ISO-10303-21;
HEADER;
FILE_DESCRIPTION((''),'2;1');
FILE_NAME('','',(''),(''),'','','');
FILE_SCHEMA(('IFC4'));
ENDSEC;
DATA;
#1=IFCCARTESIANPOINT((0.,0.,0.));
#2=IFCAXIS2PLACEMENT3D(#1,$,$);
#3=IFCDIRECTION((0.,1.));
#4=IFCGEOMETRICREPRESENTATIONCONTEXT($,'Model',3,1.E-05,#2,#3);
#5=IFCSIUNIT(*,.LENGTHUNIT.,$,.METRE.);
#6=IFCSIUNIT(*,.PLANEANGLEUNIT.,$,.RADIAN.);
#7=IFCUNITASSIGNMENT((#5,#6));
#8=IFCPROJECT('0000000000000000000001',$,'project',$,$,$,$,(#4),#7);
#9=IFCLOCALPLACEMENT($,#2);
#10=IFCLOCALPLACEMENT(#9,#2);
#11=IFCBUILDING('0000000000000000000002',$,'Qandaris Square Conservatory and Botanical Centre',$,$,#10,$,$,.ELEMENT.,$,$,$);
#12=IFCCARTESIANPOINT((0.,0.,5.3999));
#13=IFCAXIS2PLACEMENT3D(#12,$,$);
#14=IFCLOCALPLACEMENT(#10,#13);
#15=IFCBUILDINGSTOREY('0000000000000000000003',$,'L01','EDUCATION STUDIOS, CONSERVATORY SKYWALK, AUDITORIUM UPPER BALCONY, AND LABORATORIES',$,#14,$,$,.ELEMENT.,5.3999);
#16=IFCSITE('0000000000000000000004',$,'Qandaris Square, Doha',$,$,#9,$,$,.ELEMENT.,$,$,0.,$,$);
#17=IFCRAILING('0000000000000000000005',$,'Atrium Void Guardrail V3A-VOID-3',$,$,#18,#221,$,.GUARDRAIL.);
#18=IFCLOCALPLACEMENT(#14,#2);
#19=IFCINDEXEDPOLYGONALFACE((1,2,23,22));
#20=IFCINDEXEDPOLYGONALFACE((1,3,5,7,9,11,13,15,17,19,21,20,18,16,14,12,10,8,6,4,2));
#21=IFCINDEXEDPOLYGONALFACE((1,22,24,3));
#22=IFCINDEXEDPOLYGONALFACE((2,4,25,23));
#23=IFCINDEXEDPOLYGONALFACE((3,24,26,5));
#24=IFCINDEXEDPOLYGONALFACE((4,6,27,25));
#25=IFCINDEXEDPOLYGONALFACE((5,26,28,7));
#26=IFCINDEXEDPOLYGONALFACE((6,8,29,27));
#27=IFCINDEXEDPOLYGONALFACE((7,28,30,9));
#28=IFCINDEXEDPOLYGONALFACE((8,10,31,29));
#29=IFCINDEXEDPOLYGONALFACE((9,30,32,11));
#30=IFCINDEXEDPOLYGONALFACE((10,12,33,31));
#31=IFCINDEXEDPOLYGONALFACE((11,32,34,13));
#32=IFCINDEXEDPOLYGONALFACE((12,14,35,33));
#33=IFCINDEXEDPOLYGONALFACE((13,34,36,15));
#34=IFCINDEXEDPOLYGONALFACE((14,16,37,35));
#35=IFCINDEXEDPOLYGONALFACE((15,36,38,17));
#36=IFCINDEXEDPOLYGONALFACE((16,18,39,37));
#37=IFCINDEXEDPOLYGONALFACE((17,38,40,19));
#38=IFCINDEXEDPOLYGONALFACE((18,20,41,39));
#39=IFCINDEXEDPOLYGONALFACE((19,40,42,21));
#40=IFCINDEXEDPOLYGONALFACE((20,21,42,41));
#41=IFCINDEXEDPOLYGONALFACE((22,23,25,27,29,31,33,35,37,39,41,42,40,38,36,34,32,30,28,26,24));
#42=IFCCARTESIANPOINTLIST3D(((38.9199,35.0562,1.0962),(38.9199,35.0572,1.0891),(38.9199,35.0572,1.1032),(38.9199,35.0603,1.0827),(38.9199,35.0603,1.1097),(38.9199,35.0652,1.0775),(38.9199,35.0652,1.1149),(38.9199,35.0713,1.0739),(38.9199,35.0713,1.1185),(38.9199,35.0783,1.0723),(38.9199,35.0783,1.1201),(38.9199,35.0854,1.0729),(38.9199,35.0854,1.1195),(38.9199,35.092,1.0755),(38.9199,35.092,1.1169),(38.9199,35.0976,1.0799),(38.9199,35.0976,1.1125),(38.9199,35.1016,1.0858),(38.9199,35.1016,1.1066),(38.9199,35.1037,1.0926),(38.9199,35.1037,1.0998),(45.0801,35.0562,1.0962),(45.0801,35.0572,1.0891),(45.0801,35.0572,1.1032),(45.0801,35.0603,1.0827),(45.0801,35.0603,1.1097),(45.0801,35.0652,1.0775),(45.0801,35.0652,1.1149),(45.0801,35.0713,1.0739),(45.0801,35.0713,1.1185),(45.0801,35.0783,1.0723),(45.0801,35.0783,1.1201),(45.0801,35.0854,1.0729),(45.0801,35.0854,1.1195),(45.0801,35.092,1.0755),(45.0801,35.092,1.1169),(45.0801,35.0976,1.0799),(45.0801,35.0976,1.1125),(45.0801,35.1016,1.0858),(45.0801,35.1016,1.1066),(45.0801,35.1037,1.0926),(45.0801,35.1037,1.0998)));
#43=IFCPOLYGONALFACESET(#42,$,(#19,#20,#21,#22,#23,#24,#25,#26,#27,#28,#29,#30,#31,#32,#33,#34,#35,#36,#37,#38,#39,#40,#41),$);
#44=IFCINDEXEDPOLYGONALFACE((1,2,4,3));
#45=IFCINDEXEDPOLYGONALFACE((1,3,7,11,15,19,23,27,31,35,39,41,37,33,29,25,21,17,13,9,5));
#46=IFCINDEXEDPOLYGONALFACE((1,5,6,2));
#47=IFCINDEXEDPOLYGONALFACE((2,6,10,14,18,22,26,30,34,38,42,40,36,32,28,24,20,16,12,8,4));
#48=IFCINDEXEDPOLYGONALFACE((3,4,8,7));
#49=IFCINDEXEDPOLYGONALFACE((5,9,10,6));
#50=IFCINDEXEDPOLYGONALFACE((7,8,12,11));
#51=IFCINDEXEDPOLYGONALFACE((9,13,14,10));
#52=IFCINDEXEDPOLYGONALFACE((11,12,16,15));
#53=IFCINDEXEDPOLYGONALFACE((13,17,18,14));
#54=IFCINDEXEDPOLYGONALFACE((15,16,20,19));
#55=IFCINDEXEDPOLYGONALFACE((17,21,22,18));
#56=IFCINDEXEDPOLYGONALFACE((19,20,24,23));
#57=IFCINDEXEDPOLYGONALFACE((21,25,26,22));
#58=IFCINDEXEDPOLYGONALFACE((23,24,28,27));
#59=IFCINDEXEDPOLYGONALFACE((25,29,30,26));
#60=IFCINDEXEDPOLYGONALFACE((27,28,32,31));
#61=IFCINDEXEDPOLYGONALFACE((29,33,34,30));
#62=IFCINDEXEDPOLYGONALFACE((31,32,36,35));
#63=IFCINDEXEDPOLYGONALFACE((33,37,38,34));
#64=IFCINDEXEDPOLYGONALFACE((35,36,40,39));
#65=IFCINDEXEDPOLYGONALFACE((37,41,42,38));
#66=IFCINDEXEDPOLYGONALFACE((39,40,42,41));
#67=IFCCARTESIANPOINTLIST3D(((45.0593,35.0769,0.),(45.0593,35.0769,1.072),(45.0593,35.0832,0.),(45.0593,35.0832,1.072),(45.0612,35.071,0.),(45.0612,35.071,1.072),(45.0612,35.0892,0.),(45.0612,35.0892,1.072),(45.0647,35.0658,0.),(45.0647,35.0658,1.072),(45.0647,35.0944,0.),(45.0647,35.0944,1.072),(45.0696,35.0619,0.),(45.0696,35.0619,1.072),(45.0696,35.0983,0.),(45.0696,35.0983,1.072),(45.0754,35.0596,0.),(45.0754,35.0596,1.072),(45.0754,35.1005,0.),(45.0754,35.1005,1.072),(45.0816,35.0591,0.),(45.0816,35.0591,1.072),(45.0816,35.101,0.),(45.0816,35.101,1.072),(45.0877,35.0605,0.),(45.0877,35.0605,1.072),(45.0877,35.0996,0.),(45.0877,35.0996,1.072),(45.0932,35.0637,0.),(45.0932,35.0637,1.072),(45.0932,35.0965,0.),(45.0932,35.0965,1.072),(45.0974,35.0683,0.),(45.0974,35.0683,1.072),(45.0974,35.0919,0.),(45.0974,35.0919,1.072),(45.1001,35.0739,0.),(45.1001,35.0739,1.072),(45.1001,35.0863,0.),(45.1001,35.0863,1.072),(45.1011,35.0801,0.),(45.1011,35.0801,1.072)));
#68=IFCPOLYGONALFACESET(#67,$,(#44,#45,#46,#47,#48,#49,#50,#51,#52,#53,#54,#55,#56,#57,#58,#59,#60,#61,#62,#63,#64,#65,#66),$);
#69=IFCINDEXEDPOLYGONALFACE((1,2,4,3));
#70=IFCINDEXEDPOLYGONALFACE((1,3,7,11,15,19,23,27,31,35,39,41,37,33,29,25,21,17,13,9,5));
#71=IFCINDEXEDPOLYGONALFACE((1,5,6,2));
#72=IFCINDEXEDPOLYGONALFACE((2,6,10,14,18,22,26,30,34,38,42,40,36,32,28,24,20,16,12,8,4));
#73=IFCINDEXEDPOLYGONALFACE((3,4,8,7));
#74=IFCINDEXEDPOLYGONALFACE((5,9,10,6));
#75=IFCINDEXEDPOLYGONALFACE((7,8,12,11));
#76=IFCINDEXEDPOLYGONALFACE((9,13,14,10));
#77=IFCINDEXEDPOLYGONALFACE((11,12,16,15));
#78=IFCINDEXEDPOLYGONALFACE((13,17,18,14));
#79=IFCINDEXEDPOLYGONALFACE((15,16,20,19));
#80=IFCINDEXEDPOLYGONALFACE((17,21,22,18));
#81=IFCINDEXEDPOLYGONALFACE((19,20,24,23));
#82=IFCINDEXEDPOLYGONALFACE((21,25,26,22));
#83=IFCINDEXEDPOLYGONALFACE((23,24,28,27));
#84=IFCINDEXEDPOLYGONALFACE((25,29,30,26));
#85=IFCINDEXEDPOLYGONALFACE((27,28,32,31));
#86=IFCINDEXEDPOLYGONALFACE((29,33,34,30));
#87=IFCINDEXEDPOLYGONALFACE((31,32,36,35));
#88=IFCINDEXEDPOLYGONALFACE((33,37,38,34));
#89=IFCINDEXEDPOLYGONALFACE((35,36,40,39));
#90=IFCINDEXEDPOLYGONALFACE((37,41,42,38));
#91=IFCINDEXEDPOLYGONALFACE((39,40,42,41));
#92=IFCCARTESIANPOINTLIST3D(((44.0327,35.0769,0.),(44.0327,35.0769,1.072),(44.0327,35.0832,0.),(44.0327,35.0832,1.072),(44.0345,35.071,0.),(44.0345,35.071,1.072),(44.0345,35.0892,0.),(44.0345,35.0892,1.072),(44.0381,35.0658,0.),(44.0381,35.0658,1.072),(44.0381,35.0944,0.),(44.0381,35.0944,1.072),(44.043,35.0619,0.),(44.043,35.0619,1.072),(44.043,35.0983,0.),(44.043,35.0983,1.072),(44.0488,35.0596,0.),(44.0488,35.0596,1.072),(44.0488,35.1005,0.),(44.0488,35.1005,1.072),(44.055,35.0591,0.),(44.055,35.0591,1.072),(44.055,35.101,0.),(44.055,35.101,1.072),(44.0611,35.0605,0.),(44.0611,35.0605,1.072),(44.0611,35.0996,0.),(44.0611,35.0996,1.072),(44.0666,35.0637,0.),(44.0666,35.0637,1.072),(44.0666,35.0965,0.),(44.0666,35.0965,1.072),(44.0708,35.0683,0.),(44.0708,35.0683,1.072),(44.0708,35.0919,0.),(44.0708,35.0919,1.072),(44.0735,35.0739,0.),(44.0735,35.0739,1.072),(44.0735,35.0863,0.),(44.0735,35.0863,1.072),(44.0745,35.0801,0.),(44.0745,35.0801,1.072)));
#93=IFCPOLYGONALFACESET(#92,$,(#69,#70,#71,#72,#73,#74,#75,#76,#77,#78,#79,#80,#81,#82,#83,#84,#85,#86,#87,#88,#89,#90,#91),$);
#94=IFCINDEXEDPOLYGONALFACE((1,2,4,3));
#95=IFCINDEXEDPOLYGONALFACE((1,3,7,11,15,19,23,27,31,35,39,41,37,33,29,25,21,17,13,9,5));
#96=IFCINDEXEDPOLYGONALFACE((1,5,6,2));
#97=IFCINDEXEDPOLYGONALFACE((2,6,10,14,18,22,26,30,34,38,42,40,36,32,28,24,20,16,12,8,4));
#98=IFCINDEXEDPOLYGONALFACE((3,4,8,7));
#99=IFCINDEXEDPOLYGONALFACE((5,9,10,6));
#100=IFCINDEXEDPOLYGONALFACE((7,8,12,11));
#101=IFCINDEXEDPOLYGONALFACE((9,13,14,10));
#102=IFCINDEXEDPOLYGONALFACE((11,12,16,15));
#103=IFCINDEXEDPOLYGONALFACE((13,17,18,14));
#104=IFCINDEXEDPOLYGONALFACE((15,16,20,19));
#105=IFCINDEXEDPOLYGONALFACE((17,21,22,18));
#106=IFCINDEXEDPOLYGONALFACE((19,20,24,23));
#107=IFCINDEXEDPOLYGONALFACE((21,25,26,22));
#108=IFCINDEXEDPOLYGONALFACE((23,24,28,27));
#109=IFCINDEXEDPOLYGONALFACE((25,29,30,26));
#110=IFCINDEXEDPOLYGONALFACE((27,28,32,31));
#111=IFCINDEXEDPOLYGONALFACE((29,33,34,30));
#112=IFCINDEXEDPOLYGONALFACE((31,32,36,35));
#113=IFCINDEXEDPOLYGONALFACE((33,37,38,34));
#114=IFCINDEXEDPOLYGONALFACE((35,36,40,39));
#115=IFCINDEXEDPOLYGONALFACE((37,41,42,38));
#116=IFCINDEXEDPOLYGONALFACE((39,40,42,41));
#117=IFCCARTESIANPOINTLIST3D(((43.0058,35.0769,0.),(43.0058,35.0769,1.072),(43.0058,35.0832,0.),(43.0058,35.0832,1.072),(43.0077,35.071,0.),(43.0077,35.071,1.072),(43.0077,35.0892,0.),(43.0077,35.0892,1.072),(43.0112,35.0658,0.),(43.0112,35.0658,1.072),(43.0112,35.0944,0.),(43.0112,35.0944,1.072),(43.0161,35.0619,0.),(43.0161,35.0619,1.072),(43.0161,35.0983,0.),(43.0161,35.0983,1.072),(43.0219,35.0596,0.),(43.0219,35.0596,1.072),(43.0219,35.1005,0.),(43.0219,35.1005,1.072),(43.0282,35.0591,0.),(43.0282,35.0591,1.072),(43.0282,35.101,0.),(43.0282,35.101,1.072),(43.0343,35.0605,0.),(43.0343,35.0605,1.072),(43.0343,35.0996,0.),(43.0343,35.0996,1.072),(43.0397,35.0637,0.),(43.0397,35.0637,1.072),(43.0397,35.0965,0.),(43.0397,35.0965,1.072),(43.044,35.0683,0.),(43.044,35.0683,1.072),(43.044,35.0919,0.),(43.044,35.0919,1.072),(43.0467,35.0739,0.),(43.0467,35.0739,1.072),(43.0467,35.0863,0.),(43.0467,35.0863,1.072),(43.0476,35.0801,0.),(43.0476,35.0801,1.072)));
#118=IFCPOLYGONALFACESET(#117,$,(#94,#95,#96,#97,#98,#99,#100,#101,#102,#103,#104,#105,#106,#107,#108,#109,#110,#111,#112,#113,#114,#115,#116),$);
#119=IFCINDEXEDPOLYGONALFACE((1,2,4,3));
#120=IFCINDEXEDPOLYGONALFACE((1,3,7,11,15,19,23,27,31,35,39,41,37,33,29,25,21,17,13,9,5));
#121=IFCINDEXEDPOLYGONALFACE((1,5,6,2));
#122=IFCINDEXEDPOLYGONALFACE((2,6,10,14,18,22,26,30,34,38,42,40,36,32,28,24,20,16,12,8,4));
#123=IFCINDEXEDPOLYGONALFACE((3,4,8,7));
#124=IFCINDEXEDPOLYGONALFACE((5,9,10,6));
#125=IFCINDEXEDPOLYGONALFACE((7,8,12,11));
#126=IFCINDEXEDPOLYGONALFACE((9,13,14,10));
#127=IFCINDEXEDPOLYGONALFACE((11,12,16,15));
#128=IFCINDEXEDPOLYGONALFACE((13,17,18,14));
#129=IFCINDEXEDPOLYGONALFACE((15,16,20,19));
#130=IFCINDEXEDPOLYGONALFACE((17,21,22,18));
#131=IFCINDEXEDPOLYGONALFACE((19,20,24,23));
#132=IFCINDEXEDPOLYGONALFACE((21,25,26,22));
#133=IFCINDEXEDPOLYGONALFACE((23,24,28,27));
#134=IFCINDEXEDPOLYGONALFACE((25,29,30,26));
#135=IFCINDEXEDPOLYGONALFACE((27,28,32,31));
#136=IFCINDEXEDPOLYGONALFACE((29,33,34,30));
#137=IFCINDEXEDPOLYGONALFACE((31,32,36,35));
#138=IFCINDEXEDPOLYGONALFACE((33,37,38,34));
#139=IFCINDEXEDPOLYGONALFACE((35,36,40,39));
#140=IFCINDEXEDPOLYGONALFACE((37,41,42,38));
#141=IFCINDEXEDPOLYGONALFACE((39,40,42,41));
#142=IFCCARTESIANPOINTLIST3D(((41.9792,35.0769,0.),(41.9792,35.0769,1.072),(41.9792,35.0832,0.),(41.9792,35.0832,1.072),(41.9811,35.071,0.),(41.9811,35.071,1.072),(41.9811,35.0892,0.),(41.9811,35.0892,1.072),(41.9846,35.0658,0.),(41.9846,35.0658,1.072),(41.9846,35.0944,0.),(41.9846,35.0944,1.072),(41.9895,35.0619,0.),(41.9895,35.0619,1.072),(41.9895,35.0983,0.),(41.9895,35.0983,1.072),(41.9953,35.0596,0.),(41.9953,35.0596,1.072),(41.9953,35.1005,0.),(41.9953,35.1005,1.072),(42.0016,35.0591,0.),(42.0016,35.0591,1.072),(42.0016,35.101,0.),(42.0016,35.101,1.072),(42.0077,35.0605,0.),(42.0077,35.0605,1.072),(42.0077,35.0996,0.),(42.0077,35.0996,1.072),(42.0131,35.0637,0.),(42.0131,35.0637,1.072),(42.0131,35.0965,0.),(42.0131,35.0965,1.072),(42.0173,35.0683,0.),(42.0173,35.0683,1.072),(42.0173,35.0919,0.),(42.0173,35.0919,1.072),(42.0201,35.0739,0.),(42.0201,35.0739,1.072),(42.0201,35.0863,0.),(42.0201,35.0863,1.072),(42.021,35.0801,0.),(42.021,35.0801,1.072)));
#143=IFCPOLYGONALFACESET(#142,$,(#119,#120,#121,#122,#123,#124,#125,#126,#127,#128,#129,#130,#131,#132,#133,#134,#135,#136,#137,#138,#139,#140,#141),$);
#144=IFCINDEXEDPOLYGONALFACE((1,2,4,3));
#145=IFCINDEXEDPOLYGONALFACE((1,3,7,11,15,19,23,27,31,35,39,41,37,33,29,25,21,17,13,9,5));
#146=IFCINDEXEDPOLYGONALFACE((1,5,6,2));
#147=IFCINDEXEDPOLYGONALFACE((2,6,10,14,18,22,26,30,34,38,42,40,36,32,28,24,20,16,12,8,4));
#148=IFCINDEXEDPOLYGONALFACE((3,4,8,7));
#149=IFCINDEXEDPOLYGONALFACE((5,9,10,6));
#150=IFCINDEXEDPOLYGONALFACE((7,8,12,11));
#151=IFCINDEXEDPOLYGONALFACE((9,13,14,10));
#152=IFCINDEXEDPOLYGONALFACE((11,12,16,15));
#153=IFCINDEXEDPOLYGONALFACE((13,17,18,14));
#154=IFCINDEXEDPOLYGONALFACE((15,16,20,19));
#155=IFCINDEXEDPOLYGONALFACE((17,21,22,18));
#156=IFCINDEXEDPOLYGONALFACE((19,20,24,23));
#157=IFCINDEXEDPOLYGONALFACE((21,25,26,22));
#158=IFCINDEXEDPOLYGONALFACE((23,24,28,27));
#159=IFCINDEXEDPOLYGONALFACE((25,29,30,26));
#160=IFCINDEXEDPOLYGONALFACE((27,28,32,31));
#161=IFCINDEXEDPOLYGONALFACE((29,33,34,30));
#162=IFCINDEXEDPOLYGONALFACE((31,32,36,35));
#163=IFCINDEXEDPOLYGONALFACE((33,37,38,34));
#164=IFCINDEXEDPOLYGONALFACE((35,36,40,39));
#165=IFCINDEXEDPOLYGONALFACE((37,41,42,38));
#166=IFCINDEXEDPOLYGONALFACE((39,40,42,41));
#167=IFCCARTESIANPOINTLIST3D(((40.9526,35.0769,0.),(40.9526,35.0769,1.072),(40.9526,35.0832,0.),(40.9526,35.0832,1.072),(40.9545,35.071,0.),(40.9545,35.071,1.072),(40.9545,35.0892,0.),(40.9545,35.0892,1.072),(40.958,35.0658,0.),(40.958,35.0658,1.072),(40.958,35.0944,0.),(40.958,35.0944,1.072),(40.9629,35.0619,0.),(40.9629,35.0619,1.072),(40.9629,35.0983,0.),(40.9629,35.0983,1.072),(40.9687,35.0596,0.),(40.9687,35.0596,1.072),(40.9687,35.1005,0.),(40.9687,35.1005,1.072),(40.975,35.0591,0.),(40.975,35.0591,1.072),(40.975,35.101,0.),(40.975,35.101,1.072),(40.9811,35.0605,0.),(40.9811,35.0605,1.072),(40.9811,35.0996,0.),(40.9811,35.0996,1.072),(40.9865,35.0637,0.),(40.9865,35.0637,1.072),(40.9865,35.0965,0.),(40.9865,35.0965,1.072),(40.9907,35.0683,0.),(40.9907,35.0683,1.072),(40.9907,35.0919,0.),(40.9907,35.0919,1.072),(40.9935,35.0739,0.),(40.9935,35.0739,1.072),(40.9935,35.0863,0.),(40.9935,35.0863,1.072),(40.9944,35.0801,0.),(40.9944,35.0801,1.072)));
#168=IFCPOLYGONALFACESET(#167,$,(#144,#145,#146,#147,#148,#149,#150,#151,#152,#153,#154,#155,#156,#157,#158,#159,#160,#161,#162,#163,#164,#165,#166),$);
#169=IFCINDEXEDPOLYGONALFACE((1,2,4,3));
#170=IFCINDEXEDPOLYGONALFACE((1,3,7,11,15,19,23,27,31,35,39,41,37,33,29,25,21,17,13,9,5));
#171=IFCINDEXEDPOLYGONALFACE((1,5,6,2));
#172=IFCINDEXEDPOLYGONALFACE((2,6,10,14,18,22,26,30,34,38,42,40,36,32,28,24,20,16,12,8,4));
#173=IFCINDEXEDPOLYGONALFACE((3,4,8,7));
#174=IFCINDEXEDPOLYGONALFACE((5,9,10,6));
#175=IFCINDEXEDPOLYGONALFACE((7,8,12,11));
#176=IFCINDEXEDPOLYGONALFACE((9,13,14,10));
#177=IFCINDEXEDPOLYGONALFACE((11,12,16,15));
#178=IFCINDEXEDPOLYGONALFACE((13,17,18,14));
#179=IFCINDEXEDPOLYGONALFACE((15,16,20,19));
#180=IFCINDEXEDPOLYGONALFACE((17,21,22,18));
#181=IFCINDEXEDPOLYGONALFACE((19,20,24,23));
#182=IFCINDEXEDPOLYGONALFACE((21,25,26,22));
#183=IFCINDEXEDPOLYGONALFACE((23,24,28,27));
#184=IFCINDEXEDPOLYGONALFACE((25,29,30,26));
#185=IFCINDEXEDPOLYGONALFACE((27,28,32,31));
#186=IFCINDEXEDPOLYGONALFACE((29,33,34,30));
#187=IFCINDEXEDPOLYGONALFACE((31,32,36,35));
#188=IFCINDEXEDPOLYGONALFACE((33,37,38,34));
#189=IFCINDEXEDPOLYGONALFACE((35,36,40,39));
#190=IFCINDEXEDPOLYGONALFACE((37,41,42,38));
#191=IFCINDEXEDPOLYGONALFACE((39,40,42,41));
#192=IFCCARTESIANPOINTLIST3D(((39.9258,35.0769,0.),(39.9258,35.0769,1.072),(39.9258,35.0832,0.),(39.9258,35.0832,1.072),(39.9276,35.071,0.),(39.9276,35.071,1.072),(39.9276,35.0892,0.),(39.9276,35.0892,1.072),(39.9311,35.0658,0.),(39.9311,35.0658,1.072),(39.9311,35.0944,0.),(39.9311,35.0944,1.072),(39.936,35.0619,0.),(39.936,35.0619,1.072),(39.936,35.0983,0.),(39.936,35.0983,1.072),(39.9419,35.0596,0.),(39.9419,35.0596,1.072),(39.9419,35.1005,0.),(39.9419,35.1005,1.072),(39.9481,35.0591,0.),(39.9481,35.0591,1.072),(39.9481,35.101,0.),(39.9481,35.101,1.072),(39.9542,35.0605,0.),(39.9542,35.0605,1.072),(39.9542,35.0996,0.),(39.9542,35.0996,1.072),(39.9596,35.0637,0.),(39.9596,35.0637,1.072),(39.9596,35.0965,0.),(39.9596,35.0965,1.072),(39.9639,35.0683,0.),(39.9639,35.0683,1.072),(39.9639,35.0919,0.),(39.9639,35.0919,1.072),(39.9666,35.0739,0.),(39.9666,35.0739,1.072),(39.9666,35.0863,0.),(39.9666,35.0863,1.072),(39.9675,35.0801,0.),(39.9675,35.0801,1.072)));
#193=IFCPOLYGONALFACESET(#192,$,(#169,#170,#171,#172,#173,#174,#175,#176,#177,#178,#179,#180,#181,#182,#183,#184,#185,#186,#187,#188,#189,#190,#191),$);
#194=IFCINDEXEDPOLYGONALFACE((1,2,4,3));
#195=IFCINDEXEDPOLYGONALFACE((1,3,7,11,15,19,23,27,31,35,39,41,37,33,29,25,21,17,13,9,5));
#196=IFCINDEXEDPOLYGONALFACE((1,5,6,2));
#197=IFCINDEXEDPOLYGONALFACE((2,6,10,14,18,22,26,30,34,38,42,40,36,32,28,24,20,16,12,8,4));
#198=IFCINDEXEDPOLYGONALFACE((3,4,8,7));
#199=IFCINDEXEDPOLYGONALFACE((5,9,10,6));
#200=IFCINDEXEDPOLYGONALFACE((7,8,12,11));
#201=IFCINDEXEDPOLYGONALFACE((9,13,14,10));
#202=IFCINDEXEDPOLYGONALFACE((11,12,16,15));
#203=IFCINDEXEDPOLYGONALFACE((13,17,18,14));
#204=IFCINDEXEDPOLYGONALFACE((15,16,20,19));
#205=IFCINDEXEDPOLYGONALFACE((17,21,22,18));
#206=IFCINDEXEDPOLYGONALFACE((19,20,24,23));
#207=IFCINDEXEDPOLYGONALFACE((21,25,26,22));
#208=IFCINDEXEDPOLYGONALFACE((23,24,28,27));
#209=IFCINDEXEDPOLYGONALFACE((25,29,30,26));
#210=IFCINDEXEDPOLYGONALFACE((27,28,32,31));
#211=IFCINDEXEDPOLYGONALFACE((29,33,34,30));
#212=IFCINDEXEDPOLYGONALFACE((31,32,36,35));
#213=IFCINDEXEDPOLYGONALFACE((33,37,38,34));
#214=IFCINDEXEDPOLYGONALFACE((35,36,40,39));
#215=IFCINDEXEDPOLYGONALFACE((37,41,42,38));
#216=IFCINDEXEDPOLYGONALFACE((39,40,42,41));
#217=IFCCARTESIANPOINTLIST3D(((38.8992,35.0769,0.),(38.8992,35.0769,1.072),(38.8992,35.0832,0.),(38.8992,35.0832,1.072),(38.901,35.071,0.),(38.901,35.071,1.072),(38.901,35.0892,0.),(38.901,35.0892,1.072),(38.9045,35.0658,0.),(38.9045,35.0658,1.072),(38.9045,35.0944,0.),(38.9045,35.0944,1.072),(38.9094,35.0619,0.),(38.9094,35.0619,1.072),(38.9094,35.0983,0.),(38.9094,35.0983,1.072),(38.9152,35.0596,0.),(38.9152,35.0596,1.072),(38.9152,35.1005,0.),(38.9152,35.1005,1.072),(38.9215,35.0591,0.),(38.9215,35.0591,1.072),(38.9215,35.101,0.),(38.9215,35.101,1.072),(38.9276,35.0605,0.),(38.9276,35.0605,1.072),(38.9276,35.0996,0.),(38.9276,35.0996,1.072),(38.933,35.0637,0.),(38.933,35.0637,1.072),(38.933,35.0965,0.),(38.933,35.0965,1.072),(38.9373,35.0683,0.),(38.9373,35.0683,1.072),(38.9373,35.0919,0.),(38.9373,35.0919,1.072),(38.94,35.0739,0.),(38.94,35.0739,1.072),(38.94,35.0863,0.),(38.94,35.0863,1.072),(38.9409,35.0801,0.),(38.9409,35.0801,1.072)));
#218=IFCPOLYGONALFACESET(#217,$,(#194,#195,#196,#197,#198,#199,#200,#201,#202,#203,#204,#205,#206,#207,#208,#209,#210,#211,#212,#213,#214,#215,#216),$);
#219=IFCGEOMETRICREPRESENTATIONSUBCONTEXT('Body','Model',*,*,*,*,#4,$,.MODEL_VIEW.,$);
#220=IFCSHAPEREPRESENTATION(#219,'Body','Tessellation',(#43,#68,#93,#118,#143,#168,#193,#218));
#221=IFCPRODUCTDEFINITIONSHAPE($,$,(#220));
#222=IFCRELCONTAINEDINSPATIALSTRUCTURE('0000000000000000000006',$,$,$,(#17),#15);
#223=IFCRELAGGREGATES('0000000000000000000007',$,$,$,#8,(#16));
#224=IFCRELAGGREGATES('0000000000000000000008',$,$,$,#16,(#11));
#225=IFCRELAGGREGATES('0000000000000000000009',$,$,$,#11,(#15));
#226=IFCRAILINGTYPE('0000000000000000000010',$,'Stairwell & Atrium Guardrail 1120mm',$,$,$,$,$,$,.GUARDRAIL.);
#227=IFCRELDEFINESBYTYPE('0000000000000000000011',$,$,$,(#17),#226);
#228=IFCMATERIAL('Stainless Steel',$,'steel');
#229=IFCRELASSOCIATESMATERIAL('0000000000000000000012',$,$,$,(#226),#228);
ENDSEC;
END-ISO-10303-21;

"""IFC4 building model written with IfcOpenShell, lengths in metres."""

from ifc_helpers import new_model, si_unit, direction, frame, origin, origin_2d, place, context, subcontext, project, spatial, circle, extrude, material, type_object, element, save


model = new_model("IFC4")

# Units and contexts
model_context = context("Model", 3, precision=1e-05, world=origin(), true_north=direction((0.0, 1.0)))
body_context = subcontext(model_context, "Body", "Model", "MODEL_VIEW")
ifc_project = project(units=[si_unit("LENGTHUNIT", "METRE"), si_unit("PLANEANGLEUNIT", "RADIAN")], contexts=[model_context])

# Site, building, storey
site_placement = place(None, origin())
site = spatial("IfcSite", under=ifc_project, at=site_placement, Name="Qandaris Square, Doha", CompositionType="ELEMENT", RefElevation=0.0)
building_placement = place(site_placement, origin())
building = spatial("IfcBuilding", under=site, at=building_placement, Name="Qandaris Square Conservatory and Botanical Centre", CompositionType="ELEMENT")
storey_placement = place(building_placement, frame((0.0, 0.0, 5.3999)))
storey = spatial("IfcBuildingStorey", under=building, at=storey_placement, Name="L01", Description="EDUCATION STUDIOS, CONSERVATORY SKYWALK, AUDITORIUM UPPER BALCONY, AND LABORATORIES", CompositionType="ELEMENT", Elevation=5.3999)

# Railing
ifc_material_1 = material(Name="Stainless Steel", Category="steel")
railing_type = type_object("IfcRailingType", Name="Stairwell & Atrium Guardrail 1120mm", PredefinedType="GUARDRAIL", material=ifc_material_1)
railing_1_placement = place(storey_placement, frame((45.0801, 35.0801, 0.0)))
element("IfcRailing", 1, at=railing_1_placement, inside=storey, type_object=railing_type, Name="Atrium Void Guardrail V3A-VOID-3", PredefinedType="GUARDRAIL", context=body_context, shape_type="SweptSolid", body=[
    extrude(circle(Radius=0.0239, at=origin_2d()), frame((0.0, 0.0, 1.0962), z_axis=(-1.0, 0.0, 0.0), x_axis=(0.0, -1.0, 0.0)), (0.0, 0.0, 1.0), 6.1602),
    extrude(circle(Radius=0.021, at=origin_2d()), origin(), (0.0, 0.0, 1.0), 1.072),
    extrude(circle(Radius=0.021, at=origin_2d()), frame((-1.0266, 0.0, 0.0)), (0.0, 0.0, 1.0), 1.072),
    extrude(circle(Radius=0.021, at=origin_2d()), frame((-2.0535, 0.0, 0.0)), (0.0, 0.0, 1.0), 1.072),
    extrude(circle(Radius=0.021, at=origin_2d()), frame((-3.0801, 0.0, 0.0)), (0.0, 0.0, 1.0), 1.072),
    extrude(circle(Radius=0.021, at=origin_2d()), frame((-4.1067, 0.0, 0.0)), (0.0, 0.0, 1.0), 1.072),
    extrude(circle(Radius=0.021, at=origin_2d()), frame((-5.1335, 0.0, 0.0)), (0.0, 0.0, 1.0), 1.072),
    extrude(circle(Radius=0.021, at=origin_2d()), frame((-6.1602, 0.0, 0.0)), (0.0, 0.0, 1.0), 1.072),
])

save(model, "model.ifc")
